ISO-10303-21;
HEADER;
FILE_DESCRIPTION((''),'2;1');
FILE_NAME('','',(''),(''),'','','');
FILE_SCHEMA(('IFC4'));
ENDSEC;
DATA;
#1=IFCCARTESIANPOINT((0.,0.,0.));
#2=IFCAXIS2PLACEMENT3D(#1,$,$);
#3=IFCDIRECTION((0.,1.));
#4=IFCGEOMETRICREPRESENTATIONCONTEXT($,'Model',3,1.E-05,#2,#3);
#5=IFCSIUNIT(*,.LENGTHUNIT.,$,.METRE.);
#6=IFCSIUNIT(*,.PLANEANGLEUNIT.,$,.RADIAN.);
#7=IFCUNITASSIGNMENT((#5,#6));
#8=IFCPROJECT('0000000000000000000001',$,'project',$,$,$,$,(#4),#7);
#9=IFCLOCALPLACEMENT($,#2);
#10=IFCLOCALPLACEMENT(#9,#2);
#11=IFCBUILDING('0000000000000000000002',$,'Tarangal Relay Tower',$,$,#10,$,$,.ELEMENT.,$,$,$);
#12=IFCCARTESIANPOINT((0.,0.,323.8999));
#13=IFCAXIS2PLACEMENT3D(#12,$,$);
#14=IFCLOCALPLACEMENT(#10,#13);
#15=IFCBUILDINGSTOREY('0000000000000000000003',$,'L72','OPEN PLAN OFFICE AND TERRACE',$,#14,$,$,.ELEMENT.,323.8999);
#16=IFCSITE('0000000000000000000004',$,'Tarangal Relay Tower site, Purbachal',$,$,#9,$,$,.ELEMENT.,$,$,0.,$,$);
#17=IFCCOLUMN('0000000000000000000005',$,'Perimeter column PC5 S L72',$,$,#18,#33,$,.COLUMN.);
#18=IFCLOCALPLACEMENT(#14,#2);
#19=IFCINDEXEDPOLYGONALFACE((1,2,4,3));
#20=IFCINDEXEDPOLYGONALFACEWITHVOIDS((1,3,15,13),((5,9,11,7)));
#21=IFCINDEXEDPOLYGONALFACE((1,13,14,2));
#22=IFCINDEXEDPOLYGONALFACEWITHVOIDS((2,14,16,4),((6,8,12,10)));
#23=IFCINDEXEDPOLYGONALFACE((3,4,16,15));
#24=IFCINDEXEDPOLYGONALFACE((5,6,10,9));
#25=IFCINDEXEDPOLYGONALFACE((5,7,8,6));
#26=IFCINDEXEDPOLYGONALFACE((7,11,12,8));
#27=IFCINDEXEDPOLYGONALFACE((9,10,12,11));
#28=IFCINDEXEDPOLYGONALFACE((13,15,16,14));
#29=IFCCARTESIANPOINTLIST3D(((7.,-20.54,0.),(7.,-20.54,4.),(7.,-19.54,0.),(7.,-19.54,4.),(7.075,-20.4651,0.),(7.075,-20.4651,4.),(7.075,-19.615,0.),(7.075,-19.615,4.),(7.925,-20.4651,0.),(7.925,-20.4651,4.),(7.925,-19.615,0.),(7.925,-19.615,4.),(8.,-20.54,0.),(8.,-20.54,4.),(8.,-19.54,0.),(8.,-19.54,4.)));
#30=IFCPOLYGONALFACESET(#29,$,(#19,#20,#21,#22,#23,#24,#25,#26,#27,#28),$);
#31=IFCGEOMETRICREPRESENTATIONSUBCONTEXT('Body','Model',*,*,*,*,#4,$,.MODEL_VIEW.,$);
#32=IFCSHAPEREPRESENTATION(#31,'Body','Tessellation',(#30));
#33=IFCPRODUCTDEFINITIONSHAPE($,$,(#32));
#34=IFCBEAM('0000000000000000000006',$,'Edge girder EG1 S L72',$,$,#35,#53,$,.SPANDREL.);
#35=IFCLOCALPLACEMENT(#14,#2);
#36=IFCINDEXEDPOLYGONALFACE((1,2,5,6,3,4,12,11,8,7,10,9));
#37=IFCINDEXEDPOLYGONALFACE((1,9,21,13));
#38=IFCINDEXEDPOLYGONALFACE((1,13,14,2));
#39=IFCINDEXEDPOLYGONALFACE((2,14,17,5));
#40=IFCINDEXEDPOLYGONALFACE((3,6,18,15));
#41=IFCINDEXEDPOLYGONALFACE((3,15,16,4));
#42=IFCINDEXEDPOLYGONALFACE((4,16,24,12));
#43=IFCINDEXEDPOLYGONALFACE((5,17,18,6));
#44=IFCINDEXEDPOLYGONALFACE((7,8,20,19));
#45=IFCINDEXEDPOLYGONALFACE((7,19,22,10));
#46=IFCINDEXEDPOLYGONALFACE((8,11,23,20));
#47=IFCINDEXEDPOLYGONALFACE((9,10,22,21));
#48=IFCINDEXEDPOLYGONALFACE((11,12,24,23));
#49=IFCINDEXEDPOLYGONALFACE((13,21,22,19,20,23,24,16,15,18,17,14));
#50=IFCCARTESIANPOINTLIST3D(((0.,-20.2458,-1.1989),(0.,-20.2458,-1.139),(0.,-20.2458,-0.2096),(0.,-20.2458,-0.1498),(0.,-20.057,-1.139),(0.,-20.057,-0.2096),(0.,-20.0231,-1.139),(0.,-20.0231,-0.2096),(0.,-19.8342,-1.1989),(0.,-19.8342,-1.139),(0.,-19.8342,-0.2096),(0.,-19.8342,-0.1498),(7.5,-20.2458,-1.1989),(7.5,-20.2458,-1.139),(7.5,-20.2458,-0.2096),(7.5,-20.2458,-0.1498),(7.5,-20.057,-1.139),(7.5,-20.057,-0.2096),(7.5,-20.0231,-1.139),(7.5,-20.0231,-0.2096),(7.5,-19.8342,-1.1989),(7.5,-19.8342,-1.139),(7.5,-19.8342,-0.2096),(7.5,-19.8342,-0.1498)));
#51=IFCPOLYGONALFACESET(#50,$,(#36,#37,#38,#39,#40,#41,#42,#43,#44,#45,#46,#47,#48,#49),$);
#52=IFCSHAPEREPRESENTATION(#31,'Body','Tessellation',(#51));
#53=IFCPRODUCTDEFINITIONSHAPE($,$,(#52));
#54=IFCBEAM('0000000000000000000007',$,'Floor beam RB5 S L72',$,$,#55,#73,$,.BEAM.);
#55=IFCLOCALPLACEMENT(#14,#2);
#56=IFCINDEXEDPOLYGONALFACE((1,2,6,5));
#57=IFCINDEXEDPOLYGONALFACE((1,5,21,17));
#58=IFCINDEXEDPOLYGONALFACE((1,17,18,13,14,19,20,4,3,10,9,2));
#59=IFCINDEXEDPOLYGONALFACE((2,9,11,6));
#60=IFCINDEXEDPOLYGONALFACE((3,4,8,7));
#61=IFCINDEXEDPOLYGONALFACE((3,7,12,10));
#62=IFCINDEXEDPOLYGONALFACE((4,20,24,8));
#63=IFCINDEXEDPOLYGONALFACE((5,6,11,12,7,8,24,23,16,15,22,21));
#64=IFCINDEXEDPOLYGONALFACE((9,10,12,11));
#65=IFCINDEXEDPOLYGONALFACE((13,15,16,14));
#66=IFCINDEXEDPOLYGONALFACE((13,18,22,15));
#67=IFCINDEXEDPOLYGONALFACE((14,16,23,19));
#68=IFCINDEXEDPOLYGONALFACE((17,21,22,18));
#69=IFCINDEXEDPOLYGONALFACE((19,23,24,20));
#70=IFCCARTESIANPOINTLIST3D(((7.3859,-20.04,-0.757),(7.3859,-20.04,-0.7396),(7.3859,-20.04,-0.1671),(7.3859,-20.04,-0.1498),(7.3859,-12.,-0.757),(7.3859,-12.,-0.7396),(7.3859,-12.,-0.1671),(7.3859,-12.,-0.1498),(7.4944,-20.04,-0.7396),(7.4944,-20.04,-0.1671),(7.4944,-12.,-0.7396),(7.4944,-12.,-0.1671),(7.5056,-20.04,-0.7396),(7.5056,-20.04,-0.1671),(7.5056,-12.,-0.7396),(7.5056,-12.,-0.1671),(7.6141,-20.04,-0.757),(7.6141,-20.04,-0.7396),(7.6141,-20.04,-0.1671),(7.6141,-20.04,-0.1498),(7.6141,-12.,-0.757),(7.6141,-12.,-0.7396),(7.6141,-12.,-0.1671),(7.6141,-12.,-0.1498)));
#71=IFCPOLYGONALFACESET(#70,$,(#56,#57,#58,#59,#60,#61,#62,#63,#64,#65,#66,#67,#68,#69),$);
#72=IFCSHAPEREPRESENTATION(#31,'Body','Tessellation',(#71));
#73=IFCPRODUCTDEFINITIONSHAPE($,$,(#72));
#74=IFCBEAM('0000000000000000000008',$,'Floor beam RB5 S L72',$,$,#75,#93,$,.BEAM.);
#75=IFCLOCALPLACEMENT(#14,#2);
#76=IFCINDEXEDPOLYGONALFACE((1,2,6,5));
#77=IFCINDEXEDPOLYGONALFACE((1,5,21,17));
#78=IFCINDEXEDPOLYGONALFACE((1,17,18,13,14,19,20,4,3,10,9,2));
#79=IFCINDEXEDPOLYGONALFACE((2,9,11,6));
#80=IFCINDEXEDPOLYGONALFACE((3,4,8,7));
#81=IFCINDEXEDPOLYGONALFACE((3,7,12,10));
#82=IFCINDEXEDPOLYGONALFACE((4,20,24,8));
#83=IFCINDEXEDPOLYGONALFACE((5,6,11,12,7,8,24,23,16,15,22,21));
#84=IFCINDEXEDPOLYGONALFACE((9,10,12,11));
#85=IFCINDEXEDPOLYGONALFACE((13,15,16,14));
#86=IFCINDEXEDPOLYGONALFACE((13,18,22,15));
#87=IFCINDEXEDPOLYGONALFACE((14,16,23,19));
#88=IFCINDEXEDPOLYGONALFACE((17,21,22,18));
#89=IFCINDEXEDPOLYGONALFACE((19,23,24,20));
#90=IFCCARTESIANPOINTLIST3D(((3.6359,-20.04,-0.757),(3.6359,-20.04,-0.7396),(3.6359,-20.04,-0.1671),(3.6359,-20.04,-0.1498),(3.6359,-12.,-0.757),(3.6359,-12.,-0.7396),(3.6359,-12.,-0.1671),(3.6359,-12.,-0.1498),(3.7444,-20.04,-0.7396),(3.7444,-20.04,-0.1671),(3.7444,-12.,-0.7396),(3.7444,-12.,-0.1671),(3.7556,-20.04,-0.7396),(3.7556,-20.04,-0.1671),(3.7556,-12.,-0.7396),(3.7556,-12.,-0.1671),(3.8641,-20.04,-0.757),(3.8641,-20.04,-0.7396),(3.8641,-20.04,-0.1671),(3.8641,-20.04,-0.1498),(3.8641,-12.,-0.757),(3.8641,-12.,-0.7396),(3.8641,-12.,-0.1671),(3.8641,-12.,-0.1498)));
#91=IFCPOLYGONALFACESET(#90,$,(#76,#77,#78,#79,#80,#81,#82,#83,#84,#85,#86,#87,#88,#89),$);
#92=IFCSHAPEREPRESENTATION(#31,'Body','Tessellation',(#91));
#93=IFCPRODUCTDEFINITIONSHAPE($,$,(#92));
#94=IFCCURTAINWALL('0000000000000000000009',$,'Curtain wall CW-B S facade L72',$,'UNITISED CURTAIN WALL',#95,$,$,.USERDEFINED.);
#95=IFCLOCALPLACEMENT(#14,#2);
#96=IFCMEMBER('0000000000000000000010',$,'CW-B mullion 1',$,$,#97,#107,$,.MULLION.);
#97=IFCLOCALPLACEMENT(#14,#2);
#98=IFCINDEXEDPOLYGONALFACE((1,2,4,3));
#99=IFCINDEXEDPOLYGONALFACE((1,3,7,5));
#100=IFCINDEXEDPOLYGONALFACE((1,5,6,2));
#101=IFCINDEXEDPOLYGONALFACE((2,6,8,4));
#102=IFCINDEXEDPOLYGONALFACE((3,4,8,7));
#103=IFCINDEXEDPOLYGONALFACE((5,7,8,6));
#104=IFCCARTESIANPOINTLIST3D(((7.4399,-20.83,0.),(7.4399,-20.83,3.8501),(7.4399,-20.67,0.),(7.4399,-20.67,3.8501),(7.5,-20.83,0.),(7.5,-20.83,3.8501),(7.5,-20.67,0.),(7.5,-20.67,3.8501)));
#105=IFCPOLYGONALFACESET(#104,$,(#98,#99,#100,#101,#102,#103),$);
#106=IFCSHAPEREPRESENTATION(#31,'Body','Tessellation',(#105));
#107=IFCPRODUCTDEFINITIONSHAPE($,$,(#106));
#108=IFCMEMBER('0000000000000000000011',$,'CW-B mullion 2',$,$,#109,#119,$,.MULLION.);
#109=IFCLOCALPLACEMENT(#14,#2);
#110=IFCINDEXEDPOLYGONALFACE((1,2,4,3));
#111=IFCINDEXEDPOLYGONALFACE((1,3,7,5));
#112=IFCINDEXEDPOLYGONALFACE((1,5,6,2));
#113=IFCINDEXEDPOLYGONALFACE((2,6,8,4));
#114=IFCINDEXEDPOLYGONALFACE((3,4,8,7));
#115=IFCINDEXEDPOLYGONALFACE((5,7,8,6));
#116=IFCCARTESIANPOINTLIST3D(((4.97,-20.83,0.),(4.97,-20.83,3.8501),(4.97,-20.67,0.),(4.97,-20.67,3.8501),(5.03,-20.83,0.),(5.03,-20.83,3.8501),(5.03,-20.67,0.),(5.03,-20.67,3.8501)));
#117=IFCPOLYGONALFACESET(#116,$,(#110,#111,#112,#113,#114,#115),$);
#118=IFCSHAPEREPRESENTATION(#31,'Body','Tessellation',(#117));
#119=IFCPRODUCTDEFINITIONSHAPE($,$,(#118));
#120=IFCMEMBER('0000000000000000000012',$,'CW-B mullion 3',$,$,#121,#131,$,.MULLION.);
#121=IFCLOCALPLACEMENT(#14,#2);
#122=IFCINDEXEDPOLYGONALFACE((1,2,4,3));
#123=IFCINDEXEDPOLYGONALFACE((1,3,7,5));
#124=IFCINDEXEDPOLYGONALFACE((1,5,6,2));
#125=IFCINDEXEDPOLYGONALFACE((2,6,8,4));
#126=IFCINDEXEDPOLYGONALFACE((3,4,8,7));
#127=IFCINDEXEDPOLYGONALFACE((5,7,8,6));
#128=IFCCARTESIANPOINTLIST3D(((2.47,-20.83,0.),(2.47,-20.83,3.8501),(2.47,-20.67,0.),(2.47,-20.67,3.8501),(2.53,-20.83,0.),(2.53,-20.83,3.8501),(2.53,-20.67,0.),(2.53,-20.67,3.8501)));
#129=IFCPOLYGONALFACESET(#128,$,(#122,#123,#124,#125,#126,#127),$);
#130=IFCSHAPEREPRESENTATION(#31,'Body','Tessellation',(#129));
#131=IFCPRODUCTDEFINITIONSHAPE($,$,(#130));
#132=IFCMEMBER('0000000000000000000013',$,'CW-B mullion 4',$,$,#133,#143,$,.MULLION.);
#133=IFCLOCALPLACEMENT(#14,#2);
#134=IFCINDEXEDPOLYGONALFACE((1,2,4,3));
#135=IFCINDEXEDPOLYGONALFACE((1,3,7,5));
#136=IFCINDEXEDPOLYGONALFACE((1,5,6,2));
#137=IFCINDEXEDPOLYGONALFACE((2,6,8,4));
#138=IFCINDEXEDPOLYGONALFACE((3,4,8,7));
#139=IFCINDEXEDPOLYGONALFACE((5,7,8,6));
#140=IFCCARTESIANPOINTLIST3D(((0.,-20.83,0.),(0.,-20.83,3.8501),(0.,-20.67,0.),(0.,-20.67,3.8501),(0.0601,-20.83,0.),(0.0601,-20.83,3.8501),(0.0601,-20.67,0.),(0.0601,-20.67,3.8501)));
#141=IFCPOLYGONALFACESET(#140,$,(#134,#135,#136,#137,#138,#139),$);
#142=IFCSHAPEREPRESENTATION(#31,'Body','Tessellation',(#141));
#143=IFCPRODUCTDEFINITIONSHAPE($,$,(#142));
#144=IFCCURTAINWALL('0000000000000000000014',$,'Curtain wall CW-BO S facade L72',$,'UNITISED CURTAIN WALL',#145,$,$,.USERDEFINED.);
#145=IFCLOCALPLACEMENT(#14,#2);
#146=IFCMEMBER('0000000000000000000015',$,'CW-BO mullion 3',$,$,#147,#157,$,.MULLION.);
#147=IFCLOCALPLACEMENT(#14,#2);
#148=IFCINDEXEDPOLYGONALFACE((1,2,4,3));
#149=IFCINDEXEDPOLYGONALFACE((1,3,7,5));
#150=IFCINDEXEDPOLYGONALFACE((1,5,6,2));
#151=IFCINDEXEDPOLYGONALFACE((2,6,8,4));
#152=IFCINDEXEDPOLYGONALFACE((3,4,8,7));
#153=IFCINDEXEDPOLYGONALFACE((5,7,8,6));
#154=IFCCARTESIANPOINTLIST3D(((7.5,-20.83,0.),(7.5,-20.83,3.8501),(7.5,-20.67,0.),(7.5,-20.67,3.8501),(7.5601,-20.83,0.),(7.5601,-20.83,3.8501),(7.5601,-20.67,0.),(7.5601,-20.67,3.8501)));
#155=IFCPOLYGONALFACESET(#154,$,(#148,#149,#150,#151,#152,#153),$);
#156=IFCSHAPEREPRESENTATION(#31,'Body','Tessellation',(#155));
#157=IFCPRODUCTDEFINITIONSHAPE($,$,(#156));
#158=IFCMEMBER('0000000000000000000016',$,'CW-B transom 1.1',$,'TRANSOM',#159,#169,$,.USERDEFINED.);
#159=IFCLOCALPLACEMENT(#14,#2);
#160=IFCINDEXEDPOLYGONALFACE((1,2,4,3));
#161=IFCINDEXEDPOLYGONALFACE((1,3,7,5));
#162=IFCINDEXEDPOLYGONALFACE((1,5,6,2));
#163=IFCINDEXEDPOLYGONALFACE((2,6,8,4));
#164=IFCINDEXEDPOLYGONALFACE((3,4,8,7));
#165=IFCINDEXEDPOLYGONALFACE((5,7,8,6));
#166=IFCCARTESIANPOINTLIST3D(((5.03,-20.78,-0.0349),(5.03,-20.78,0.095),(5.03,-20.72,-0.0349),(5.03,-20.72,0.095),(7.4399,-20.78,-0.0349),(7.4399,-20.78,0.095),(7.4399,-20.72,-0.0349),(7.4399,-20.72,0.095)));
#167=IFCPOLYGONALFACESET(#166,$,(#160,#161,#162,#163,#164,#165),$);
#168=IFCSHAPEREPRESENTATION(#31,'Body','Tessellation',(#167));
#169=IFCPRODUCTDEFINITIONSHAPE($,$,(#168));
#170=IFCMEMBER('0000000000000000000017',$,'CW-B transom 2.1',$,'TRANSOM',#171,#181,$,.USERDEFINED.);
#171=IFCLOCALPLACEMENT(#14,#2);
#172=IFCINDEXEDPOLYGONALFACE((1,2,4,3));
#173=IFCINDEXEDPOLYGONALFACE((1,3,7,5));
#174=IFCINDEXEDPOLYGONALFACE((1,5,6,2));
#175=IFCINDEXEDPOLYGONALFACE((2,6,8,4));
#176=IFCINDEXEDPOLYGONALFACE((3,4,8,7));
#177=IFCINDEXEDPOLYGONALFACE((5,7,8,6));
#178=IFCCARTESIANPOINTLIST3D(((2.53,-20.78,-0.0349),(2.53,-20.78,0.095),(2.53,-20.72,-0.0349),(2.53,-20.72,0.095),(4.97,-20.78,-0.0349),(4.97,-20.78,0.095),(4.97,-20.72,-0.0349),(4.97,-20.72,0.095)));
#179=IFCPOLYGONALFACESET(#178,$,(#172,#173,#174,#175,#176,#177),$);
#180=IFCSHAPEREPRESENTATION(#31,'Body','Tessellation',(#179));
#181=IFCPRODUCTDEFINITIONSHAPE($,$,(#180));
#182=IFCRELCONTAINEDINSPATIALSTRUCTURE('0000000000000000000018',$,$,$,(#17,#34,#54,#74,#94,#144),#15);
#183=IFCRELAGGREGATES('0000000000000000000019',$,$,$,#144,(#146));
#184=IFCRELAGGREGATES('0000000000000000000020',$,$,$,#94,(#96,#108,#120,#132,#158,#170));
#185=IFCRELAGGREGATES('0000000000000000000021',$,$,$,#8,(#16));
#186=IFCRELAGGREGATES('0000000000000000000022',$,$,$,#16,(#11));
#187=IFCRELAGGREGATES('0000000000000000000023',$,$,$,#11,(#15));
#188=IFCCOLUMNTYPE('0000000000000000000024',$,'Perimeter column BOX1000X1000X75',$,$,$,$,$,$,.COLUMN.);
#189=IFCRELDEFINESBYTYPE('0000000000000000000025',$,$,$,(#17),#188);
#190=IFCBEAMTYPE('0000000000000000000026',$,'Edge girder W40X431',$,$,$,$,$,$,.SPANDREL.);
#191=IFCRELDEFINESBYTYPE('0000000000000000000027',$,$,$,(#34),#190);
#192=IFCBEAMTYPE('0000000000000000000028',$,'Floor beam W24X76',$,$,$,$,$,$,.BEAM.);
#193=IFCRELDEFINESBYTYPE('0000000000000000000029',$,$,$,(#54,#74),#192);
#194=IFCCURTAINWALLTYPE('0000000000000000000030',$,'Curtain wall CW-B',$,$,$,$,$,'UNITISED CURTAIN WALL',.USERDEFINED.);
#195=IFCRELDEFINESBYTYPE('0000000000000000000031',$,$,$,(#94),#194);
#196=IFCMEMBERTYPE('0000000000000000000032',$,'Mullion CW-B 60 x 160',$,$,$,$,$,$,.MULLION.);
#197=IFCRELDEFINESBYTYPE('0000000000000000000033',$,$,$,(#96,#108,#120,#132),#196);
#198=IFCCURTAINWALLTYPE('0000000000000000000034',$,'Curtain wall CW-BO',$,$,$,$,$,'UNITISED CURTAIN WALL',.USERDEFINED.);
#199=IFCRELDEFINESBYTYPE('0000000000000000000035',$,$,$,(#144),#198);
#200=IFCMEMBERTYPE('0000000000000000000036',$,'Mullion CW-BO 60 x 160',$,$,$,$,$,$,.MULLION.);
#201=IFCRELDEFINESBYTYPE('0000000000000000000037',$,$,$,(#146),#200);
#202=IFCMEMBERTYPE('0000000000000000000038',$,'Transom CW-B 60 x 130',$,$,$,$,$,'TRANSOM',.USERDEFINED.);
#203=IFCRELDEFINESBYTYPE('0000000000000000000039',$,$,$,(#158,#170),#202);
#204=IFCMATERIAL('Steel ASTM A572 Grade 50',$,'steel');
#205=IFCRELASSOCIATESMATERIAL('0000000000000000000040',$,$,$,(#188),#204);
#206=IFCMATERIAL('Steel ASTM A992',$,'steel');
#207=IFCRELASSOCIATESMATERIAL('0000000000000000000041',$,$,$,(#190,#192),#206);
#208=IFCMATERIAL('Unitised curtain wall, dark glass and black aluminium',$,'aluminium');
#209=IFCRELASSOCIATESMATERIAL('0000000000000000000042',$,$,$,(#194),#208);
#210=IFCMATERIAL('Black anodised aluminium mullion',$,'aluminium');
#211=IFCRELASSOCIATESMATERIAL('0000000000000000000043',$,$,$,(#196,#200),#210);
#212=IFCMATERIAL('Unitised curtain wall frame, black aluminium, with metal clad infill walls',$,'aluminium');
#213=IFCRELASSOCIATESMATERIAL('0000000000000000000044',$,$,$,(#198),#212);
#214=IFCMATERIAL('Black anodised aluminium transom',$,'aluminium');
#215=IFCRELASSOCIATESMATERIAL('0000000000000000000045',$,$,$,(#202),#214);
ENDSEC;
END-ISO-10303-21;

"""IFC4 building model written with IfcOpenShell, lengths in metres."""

from ifc_helpers import new_model, si_unit, direction, frame, origin, origin_2d, place, context, subcontext, project, spatial, rectangle, hollow_rectangle, i_section, extrude, material, material_profile, profile_set, type_object, element, aggregate, save


model = new_model("IFC4")

# Units and contexts
model_context = context("Model", 3, precision=1e-05, world=origin(), true_north=direction((0.0, 1.0)))
body_context = subcontext(model_context, "Body", "Model", "MODEL_VIEW")
ifc_project = project(units=[si_unit("LENGTHUNIT", "METRE"), si_unit("PLANEANGLEUNIT", "RADIAN")], contexts=[model_context])

# Site, building, storey
site_placement = place(None, origin())
site = spatial("IfcSite", under=ifc_project, at=site_placement, Name="Tarangal Relay Tower site, Purbachal", CompositionType="ELEMENT", RefElevation=0.0)
building_placement = place(site_placement, origin())
building = spatial("IfcBuilding", under=site, at=building_placement, Name="Tarangal Relay Tower", CompositionType="ELEMENT")
storey_placement = place(building_placement, frame((0.0, 0.0, 323.8999)))
storey = spatial("IfcBuildingStorey", under=building, at=storey_placement, Name="L72", Description="OPEN PLAN OFFICE AND TERRACE", CompositionType="ELEMENT", Elevation=323.8999)

# Column
ifc_material_1 = material(Name="Steel ASTM A572 Grade 50", Category="steel")
ifc_material_profile_1 = material_profile(ifc_material_1, hollow_rectangle(XDim=1.0, YDim=1.0, WallThickness=0.075, at=origin_2d()), Name="BOX1000X1000X75")
ifc_profile_set_1 = profile_set([ifc_material_profile_1], Name="Steel ASTM A572 Grade 50")
column_type = type_object("IfcColumnType", Name="Perimeter column BOX1000X1000X75", PredefinedType="COLUMN", material=ifc_profile_set_1)
column_placement = place(storey_placement, frame((7.5, -20.04, 0.0), z_axis=(0.0, 0.0, 1.0), x_axis=(1.0, 0.0, 0.0)))
element("IfcColumn", 1, at=column_placement, inside=storey, type_object=column_type, Name="Perimeter column PC5 S L72", PredefinedType="COLUMN", context=body_context, shape_type="SweptSolid", body=[
    extrude(hollow_rectangle(XDim=1.0, YDim=1.0, WallThickness=0.075, at=origin_2d()), origin(), (0.0, 0.0, 1.0), 4.0),
])

# Beams
ifc_material_2 = material(Name="Steel ASTM A992", Category="steel")
ifc_material_profile_2 = material_profile(ifc_material_2, i_section(OverallWidth=0.4116, OverallDepth=1.0491, WebThickness=0.0339, FlangeThickness=0.0598, at=origin_2d()), Name="W40X431")
ifc_profile_set_2 = profile_set([ifc_material_profile_2], Name="Steel ASTM A992")
beam_type_1 = type_object("IfcBeamType", Name="Edge girder W40X431", PredefinedType="SPANDREL", material=ifc_profile_set_2)
beam_placement = place(storey_placement, frame((7.5, -20.04, -0.6743), z_axis=(-1.0, 0.0, 0.0), x_axis=(0.0, -1.0, 0.0)))
element("IfcBeam", 2, at=beam_placement, inside=storey, type_object=beam_type_1, Name="Edge girder EG1 S L72", PredefinedType="SPANDREL", context=body_context, shape_type="SweptSolid", body=[
    extrude(i_section(OverallWidth=0.4116, OverallDepth=1.0491, WebThickness=0.0339, FlangeThickness=0.0598, at=origin_2d()), origin(), (0.0, 0.0, 1.0), 7.5),
])
ifc_material_profile_3 = material_profile(ifc_material_2, i_section(OverallWidth=0.2283, OverallDepth=0.6072, WebThickness=0.0112, FlangeThickness=0.0173, at=origin_2d()), Name="W24X76")
ifc_profile_set_3 = profile_set([ifc_material_profile_3], Name="Steel ASTM A992")
beam_type_2 = type_object("IfcBeamType", Name="Floor beam W24X76", PredefinedType="BEAM", material=ifc_profile_set_3)
for number, where, z_axis, x_axis, name in (
    (3, (7.5, -12.0, -0.4534), (0.0, -1.0, 0.0), (1.0, 0.0, 0.0), "Floor beam RB5 S L72"),
    (4, (3.75, -12.0, -0.4534), (0.0, -1.0, 0.0), (1.0, 0.0, 0.0), "Floor beam RB5 S L72"),
):
    element("IfcBeam", number, at=place(storey_placement, frame(where, z_axis=z_axis, x_axis=x_axis)), inside=storey, type_object=beam_type_2, Name=name, PredefinedType="BEAM", context=body_context, shape_type="SweptSolid", body=[
        extrude(i_section(OverallWidth=0.2283, OverallDepth=0.6072, WebThickness=0.0112, FlangeThickness=0.0173, at=origin_2d()), origin(), (0.0, 0.0, 1.0), 8.04),
    ])

# Curtain wall, members
ifc_material_3 = material(Name="Unitised curtain wall, dark glass and black aluminium", Category="aluminium")
curtain_wall_type_1 = type_object("IfcCurtainWallType", Name="Curtain wall CW-B", ElementType="UNITISED CURTAIN WALL", PredefinedType="USERDEFINED", material=ifc_material_3)
curtain_wall_1_placement = place(storey_placement, origin())
curtain_wall_1 = element("IfcCurtainWall", 5, at=curtain_wall_1_placement, inside=storey, type_object=curtain_wall_type_1, Name="Curtain wall CW-B S facade L72", ObjectType="UNITISED CURTAIN WALL", PredefinedType="USERDEFINED")
ifc_material_4 = material(Name="Black anodised aluminium mullion", Category="aluminium")
ifc_material_profile_4 = material_profile(ifc_material_4, rectangle(XDim=0.1599, YDim=0.0601, at=origin_2d()), Name="CW-BM 60X160")
ifc_profile_set_4 = profile_set([ifc_material_profile_4], Name="Black anodised aluminium mullion")
member_type_1 = type_object("IfcMemberType", Name="Mullion CW-B 60 x 160", PredefinedType="MULLION", material=ifc_profile_set_4)
member_1_placement = place(storey_placement, frame((7.47, -20.75, 0.0), z_axis=(0.0, 0.0, 1.0), x_axis=(0.0, -1.0, 0.0)))
member_1 = element("IfcMember", 6, at=member_1_placement, type_object=member_type_1, Name="CW-B mullion 1", PredefinedType="MULLION", context=body_context, shape_type="SweptSolid", body=[
    extrude(rectangle(XDim=0.1599, YDim=0.0601, at=origin_2d()), origin(), (0.0, 0.0, 1.0), 3.8501),
])
member_2_placement = place(storey_placement, frame((5.0, -20.75, 0.0), z_axis=(0.0, 0.0, 1.0), x_axis=(0.0, -1.0, 0.0)))
member_2 = element("IfcMember", 7, at=member_2_placement, type_object=member_type_1, Name="CW-B mullion 2", PredefinedType="MULLION", context=body_context, shape_type="SweptSolid", body=[
    extrude(rectangle(XDim=0.1599, YDim=0.0601, at=origin_2d()), origin(), (0.0, 0.0, 1.0), 3.8501),
])
member_3_placement = place(storey_placement, frame((2.5, -20.75, 0.0), z_axis=(0.0, 0.0, 1.0), x_axis=(0.0, -1.0, 0.0)))
member_3 = element("IfcMember", 8, at=member_3_placement, type_object=member_type_1, Name="CW-B mullion 3", PredefinedType="MULLION", context=body_context, shape_type="SweptSolid", body=[
    extrude(rectangle(XDim=0.1599, YDim=0.0601, at=origin_2d()), origin(), (0.0, 0.0, 1.0), 3.8501),
])
member_4_placement = place(storey_placement, frame((0.03, -20.75, 0.0), z_axis=(0.0, 0.0, 1.0), x_axis=(0.0, -1.0, 0.0)))
member_4 = element("IfcMember", 9, at=member_4_placement, type_object=member_type_1, Name="CW-B mullion 4", PredefinedType="MULLION", context=body_context, shape_type="SweptSolid", body=[
    extrude(rectangle(XDim=0.1599, YDim=0.0601, at=origin_2d()), origin(), (0.0, 0.0, 1.0), 3.8501),
])

# Curtain wall, member
ifc_material_5 = material(Name="Unitised curtain wall frame, black aluminium, with metal clad infill walls", Category="aluminium")
curtain_wall_type_2 = type_object("IfcCurtainWallType", Name="Curtain wall CW-BO", ElementType="UNITISED CURTAIN WALL", PredefinedType="USERDEFINED", material=ifc_material_5)
curtain_wall_2_placement = place(storey_placement, origin())
curtain_wall_2 = element("IfcCurtainWall", 10, at=curtain_wall_2_placement, inside=storey, type_object=curtain_wall_type_2, Name="Curtain wall CW-BO S facade L72", ObjectType="UNITISED CURTAIN WALL", PredefinedType="USERDEFINED")
ifc_material_profile_5 = material_profile(ifc_material_4, rectangle(XDim=0.1599, YDim=0.0601, at=origin_2d()), Name="CW-BOM 60X160")
ifc_profile_set_5 = profile_set([ifc_material_profile_5], Name="Black anodised aluminium mullion")
member_type_2 = type_object("IfcMemberType", Name="Mullion CW-BO 60 x 160", PredefinedType="MULLION", material=ifc_profile_set_5)
member_5_placement = place(storey_placement, frame((7.53, -20.75, 0.0), z_axis=(0.0, 0.0, 1.0), x_axis=(0.0, -1.0, 0.0)))
member_5 = element("IfcMember", 11, at=member_5_placement, type_object=member_type_2, Name="CW-BO mullion 3", PredefinedType="MULLION", context=body_context, shape_type="SweptSolid", body=[
    extrude(rectangle(XDim=0.1599, YDim=0.0601, at=origin_2d()), origin(), (0.0, 0.0, 1.0), 3.8501),
])

# Members
ifc_material_6 = material(Name="Black anodised aluminium transom", Category="aluminium")
ifc_material_profile_6 = material_profile(ifc_material_6, rectangle(XDim=0.0601, YDim=0.1299, at=origin_2d()), Name="CW-BT 60X130")
ifc_profile_set_6 = profile_set([ifc_material_profile_6], Name="Black anodised aluminium transom")
member_type_3 = type_object("IfcMemberType", Name="Transom CW-B 60 x 130", ElementType="TRANSOM", PredefinedType="USERDEFINED", material=ifc_profile_set_6)
member_6_placement = place(storey_placement, frame((7.4399, -20.75, 0.03), z_axis=(-1.0, 0.0, 0.0), x_axis=(0.0, -1.0, 0.0)))
member_6 = element("IfcMember", 12, at=member_6_placement, type_object=member_type_3, Name="CW-B transom 1.1", ObjectType="TRANSOM", PredefinedType="USERDEFINED", context=body_context, shape_type="SweptSolid", body=[
    extrude(rectangle(XDim=0.0601, YDim=0.1299, at=origin_2d()), origin(), (0.0, 0.0, 1.0), 2.4099),
])
member_7_placement = place(storey_placement, frame((4.97, -20.75, 0.03), z_axis=(-1.0, 0.0, 0.0), x_axis=(0.0, -1.0, 0.0)))
member_7 = element("IfcMember", 13, at=member_7_placement, type_object=member_type_3, Name="CW-B transom 2.1", ObjectType="TRANSOM", PredefinedType="USERDEFINED", context=body_context, shape_type="SweptSolid", body=[
    extrude(rectangle(XDim=0.0601, YDim=0.1299, at=origin_2d()), origin(), (0.0, 0.0, 1.0), 2.4399),
])
aggregate(curtain_wall_2, [member_5])

aggregate(curtain_wall_1, [member_1, member_2, member_3, member_4, member_6, member_7])

save(model, "model.ifc")
